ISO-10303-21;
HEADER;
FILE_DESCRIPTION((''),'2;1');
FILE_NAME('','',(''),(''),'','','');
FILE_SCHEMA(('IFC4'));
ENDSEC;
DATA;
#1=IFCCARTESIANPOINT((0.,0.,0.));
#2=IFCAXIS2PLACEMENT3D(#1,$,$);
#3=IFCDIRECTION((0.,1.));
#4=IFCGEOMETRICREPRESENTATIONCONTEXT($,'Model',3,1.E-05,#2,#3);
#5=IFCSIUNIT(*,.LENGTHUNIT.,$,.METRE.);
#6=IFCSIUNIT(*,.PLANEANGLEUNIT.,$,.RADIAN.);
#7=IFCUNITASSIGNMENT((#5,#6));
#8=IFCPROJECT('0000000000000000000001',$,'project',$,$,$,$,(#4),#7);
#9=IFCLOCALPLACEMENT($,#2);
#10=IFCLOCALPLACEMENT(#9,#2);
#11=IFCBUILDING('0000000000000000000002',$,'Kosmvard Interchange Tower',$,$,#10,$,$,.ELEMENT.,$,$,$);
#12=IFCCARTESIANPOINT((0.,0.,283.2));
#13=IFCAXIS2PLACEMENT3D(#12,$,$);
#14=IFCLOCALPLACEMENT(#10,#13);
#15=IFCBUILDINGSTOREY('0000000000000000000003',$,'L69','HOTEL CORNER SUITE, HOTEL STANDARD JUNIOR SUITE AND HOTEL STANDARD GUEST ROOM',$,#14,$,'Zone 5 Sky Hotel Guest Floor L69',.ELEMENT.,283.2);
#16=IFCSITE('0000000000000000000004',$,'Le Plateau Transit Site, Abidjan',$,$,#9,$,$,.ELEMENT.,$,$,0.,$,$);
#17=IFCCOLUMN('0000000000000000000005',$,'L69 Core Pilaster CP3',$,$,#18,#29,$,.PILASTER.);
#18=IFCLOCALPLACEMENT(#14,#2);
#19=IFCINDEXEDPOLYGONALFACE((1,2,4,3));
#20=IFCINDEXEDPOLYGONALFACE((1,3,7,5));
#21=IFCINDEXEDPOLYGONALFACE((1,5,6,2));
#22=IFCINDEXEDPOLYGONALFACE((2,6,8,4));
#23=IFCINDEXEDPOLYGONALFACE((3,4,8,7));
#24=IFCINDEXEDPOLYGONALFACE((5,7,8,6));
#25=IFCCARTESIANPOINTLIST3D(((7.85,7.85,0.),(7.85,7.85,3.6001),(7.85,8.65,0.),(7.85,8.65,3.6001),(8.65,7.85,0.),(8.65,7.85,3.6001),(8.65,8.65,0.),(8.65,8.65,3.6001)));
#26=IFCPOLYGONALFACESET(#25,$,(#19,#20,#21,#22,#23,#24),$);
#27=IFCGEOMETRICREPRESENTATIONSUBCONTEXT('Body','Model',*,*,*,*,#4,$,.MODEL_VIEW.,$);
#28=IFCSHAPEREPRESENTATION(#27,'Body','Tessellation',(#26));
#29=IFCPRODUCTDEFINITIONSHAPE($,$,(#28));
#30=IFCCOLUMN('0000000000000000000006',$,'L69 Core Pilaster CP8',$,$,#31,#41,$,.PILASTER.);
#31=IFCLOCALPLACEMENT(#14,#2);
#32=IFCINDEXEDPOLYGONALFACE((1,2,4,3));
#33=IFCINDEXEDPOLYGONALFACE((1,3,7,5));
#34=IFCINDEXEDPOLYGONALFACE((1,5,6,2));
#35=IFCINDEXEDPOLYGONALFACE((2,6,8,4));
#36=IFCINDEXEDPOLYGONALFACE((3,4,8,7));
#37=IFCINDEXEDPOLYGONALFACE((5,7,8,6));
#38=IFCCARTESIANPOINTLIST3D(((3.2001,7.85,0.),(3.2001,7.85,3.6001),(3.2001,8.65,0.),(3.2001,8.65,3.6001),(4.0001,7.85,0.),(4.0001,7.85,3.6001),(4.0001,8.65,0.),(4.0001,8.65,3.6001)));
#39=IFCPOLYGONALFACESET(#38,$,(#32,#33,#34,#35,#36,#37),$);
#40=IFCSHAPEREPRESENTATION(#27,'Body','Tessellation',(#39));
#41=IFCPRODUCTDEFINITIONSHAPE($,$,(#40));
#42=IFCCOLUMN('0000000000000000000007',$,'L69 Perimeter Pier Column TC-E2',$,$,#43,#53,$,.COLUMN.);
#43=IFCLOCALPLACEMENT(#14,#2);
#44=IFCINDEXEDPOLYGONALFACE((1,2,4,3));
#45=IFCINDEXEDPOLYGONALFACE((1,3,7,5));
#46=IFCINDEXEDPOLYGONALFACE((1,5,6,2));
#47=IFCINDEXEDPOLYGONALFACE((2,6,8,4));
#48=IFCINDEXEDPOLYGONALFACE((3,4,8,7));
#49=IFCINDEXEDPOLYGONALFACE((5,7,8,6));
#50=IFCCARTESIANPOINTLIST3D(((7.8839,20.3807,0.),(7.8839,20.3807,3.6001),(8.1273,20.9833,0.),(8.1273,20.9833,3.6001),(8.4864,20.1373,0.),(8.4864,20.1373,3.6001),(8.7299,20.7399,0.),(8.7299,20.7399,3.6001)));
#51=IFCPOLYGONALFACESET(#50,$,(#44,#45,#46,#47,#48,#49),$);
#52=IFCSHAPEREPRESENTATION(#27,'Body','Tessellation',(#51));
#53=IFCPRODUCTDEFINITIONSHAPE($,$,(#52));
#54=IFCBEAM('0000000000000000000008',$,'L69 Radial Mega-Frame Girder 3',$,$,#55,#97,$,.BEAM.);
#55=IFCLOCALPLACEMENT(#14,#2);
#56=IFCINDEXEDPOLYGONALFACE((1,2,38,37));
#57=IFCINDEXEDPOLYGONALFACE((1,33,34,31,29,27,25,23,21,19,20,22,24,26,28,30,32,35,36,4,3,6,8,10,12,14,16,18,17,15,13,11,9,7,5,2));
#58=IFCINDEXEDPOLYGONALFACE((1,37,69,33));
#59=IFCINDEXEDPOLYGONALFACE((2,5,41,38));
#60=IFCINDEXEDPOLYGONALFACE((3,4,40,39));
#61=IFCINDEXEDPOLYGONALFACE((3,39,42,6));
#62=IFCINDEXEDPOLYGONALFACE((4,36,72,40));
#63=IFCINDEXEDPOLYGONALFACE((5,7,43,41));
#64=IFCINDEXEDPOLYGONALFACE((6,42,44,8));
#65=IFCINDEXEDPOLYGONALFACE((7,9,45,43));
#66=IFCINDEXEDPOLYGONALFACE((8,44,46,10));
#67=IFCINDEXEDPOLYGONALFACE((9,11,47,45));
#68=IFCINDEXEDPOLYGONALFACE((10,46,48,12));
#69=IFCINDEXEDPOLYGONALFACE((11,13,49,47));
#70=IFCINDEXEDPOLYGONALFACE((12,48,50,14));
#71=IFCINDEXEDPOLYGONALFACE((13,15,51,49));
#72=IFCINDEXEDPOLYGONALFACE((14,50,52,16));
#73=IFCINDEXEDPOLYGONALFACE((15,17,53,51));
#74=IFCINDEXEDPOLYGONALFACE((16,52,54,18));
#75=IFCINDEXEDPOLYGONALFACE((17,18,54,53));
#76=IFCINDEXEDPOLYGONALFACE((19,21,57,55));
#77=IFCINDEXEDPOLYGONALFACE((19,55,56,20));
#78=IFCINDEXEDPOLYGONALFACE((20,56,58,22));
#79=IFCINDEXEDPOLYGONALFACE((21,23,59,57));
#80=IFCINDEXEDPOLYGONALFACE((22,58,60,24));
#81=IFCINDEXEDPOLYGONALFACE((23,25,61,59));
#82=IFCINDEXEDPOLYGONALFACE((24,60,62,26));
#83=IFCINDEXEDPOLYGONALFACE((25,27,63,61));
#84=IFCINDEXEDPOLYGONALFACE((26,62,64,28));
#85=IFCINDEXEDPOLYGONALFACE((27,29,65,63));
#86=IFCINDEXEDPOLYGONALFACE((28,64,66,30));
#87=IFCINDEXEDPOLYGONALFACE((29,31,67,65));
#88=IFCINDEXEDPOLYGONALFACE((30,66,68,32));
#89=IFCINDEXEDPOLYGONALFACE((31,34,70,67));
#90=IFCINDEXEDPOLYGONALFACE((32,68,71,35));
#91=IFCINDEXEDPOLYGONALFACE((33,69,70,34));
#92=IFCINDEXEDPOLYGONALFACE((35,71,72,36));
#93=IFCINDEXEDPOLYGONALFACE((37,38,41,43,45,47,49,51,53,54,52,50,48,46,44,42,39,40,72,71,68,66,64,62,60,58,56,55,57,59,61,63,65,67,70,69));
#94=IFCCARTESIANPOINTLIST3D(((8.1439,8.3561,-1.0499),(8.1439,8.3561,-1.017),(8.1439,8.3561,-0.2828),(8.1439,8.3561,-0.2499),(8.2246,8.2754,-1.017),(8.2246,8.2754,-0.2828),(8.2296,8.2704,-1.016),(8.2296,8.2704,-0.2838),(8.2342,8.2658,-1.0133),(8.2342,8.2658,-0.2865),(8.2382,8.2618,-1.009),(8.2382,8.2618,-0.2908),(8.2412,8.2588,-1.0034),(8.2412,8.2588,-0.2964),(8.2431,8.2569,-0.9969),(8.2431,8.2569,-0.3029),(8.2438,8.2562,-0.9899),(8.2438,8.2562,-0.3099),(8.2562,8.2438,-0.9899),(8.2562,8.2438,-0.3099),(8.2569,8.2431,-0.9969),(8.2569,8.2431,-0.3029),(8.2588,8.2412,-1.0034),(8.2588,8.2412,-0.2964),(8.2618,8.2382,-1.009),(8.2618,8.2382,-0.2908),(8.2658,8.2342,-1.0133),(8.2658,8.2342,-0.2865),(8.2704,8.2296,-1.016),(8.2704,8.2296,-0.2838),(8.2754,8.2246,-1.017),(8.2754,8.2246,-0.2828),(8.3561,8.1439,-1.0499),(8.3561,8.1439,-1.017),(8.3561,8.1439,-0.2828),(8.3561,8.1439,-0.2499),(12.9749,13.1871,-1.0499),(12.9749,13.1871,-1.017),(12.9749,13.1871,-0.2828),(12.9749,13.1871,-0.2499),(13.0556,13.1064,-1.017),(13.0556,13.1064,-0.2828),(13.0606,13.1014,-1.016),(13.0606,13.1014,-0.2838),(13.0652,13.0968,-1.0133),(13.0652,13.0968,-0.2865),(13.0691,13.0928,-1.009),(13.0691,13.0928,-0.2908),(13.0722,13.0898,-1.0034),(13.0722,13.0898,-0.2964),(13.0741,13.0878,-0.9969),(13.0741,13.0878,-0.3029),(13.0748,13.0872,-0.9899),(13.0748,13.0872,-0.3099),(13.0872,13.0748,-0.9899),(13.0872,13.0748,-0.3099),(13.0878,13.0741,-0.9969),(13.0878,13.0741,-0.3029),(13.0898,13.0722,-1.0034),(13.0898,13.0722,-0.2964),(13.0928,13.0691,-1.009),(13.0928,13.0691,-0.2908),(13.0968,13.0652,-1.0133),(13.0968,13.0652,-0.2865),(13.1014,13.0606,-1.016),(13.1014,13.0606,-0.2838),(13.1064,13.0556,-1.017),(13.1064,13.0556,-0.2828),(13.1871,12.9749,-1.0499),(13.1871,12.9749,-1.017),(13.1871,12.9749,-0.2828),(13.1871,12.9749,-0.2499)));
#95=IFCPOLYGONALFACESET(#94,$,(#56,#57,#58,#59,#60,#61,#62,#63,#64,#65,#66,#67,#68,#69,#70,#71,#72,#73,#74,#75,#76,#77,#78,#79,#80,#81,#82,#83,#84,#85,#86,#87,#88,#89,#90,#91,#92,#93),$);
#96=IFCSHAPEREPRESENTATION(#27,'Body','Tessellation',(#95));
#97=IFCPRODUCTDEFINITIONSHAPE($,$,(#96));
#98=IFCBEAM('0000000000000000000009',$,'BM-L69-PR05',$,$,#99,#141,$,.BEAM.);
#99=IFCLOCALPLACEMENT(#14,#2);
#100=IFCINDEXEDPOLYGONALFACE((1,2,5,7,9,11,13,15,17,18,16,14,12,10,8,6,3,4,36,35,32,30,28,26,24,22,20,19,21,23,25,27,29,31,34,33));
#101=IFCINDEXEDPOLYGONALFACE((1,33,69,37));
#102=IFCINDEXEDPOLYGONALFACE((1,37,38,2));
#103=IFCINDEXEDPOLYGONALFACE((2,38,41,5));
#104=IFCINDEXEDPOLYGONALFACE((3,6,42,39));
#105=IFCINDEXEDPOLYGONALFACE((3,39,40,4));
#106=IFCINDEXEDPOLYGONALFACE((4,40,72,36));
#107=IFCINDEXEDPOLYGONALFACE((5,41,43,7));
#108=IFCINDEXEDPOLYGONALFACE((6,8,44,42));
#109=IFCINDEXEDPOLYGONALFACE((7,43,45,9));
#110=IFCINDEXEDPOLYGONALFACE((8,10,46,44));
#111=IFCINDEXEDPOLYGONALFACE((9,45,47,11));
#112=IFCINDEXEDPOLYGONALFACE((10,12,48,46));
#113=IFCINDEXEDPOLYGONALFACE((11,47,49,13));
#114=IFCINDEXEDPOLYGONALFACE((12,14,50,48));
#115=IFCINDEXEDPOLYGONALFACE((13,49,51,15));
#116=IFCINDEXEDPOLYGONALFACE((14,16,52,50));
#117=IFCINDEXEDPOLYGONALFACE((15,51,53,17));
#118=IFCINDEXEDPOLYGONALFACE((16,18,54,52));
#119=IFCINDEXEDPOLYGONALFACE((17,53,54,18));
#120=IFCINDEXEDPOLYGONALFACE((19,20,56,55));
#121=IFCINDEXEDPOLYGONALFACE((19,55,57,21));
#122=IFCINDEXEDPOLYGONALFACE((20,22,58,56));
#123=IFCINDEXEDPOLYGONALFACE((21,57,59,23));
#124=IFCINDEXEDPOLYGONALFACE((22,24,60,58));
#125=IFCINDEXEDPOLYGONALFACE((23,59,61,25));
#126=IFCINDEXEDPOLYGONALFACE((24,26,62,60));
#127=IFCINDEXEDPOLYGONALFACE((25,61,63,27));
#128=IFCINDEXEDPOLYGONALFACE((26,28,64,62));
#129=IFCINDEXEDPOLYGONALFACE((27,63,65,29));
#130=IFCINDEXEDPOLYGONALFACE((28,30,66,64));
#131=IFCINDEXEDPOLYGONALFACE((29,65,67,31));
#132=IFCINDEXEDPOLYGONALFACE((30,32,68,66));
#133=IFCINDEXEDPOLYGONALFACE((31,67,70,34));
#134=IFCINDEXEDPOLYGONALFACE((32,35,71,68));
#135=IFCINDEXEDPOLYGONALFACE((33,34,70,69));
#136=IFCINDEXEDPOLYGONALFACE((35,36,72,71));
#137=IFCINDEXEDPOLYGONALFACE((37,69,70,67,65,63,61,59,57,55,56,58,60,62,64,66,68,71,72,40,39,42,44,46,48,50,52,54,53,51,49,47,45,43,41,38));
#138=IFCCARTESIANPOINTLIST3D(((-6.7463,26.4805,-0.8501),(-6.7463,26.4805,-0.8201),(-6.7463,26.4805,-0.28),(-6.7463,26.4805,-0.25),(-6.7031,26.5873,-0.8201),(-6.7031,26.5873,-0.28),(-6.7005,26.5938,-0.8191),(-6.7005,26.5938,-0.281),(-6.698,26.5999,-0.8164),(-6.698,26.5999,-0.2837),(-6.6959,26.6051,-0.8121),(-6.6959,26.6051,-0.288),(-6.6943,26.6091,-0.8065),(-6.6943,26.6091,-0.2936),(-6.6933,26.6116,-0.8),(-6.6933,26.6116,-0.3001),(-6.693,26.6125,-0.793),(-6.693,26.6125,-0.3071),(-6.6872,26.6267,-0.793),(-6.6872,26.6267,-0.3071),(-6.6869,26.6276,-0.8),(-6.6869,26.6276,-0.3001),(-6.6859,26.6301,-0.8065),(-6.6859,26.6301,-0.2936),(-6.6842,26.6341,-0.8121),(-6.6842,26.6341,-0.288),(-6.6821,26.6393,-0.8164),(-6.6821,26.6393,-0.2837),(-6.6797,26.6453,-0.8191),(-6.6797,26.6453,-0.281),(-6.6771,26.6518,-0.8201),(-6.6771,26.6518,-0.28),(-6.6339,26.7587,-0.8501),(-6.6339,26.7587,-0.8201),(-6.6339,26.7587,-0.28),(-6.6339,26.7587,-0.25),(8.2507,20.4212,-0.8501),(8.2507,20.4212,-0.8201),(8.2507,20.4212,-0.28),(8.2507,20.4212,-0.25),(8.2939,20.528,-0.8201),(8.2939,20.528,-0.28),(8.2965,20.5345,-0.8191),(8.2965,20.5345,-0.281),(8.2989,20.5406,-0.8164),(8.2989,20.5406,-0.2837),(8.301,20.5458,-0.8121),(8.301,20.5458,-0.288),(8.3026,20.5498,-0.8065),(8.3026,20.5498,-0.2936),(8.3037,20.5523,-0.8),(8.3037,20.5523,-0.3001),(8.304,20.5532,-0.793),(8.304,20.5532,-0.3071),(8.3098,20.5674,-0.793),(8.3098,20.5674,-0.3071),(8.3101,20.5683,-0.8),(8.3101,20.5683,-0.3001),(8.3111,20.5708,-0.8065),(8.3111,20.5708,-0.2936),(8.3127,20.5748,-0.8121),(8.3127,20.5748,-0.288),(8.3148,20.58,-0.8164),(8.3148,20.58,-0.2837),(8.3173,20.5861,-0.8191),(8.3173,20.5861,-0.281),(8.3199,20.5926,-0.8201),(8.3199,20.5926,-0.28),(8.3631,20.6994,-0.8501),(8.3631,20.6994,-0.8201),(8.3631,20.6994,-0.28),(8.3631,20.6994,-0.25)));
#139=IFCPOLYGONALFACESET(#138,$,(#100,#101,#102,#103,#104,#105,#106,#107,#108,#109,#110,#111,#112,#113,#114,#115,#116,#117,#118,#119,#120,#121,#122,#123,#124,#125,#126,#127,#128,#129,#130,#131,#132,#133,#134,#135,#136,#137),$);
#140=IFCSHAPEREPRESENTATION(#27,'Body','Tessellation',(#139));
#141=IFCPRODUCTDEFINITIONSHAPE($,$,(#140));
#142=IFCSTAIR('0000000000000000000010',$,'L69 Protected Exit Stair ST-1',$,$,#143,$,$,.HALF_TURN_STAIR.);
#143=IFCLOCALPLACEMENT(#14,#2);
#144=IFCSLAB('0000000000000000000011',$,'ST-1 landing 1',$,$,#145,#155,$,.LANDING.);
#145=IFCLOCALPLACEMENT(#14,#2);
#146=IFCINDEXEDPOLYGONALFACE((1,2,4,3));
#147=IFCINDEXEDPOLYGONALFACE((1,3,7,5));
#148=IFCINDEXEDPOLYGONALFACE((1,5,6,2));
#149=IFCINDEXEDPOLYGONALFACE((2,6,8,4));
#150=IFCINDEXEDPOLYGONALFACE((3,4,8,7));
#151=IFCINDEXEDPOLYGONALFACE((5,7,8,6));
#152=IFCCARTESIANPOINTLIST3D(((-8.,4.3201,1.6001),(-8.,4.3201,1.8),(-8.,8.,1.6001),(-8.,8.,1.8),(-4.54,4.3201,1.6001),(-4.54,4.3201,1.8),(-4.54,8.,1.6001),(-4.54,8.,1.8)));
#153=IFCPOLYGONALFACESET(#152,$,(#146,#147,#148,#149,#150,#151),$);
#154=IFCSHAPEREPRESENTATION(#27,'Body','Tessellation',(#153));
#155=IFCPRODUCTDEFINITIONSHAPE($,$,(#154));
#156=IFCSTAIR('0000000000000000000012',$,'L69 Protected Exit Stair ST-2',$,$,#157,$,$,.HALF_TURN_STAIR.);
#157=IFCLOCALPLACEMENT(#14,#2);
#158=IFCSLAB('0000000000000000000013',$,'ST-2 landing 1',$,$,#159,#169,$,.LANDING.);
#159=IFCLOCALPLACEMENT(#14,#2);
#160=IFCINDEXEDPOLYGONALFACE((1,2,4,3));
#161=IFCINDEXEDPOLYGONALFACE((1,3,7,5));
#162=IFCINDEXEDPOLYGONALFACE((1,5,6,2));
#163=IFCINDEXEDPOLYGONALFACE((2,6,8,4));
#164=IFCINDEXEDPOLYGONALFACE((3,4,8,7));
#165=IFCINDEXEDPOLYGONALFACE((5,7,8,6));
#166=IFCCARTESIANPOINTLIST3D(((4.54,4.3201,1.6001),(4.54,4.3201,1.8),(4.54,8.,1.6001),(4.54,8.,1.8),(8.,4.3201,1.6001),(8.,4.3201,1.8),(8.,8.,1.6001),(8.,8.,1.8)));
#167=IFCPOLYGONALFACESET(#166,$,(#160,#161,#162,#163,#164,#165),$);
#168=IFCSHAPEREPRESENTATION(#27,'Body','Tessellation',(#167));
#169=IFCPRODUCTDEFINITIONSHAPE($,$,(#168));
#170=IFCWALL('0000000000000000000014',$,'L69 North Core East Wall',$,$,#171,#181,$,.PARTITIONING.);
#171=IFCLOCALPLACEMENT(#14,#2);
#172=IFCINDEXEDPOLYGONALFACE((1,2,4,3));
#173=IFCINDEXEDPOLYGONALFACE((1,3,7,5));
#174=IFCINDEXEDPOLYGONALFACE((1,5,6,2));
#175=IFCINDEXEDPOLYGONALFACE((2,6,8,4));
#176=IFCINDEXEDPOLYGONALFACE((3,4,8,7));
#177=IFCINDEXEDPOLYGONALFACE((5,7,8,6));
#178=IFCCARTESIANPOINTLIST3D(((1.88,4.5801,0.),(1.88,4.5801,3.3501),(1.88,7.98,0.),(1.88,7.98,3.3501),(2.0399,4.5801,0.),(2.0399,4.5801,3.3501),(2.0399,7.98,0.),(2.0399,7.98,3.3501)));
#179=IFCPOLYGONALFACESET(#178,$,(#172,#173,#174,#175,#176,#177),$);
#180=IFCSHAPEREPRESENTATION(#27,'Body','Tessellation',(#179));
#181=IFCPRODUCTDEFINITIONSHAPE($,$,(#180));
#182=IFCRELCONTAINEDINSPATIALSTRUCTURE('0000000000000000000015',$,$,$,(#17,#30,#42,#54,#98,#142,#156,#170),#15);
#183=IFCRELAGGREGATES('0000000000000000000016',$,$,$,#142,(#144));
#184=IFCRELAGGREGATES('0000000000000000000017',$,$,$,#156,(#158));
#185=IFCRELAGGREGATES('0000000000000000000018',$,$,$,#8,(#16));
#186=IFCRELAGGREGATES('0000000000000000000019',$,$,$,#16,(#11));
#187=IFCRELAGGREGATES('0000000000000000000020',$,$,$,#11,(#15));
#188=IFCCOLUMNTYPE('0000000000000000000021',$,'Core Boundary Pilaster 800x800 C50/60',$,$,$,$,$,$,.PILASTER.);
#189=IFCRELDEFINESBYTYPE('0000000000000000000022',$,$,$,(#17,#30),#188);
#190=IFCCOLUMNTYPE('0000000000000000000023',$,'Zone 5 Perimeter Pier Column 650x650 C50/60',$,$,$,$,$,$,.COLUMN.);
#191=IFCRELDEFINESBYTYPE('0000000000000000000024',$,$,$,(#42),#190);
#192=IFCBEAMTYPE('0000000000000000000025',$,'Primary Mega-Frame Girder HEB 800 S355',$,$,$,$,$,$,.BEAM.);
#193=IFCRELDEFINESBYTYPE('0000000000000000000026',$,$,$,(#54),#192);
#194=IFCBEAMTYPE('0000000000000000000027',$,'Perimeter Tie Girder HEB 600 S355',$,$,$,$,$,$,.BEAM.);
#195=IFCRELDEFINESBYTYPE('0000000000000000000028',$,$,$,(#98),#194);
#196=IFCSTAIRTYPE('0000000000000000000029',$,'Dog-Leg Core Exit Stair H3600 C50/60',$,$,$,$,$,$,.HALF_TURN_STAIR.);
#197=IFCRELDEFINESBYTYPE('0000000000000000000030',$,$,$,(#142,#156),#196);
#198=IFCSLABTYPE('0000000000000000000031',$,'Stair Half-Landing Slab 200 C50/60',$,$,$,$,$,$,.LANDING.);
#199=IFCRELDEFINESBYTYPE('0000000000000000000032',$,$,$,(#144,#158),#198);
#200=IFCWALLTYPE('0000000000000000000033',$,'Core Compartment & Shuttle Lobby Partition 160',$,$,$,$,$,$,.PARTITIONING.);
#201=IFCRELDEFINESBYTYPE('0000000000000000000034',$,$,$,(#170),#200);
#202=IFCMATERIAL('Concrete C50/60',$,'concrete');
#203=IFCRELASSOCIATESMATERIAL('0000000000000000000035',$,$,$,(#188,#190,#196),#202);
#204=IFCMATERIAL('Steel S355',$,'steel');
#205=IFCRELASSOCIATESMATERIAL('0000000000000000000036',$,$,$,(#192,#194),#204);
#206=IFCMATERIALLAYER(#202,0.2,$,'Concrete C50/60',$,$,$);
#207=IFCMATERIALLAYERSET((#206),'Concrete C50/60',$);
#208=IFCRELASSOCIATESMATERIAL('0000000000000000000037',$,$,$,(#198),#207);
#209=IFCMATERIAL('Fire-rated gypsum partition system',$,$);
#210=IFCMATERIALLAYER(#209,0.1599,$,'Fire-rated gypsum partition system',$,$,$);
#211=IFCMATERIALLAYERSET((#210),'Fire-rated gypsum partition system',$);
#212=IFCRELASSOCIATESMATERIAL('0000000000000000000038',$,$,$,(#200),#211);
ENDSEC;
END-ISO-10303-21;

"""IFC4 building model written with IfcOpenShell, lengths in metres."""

from ifc_helpers import new_model, si_unit, direction, frame, frame_2d, origin, origin_2d, place, context, subcontext, project, spatial, polyline, rectangle, i_section, outline, extrude, source, transform, mapped, material, layer, layer_set, material_profile, profile_set, type_object, element, aggregate, save


model = new_model("IFC4")

# Units and contexts
model_context = context("Model", 3, precision=1e-05, world=origin(), true_north=direction((0.0, 1.0)))
body_context = subcontext(model_context, "Body", "Model", "MODEL_VIEW")
ifc_project = project(units=[si_unit("LENGTHUNIT", "METRE"), si_unit("PLANEANGLEUNIT", "RADIAN")], contexts=[model_context])

# Site, building, storey
site_placement = place(None, origin())
site = spatial("IfcSite", under=ifc_project, at=site_placement, Name="Le Plateau Transit Site, Abidjan", CompositionType="ELEMENT", RefElevation=0.0)
building_placement = place(site_placement, origin())
building = spatial("IfcBuilding", under=site, at=building_placement, Name="Kosmvard Interchange Tower", CompositionType="ELEMENT")
storey_placement = place(building_placement, frame((0.0, 0.0, 283.2)))
storey = spatial("IfcBuildingStorey", under=building, at=storey_placement, Name="L69", Description="HOTEL CORNER SUITE, HOTEL STANDARD JUNIOR SUITE AND HOTEL STANDARD GUEST ROOM", LongName="Zone 5 Sky Hotel Guest Floor L69", CompositionType="ELEMENT", Elevation=283.2)

# Columns
ifc_material_1 = material(Name="Concrete C50/60", Category="concrete")
ifc_material_profile_1 = material_profile(ifc_material_1, rectangle(XDim=0.8, YDim=0.8, at=origin_2d()), Name="CP 800x800")
ifc_profile_set_1 = profile_set([ifc_material_profile_1], Name="Concrete C50/60")
column_type_1 = type_object("IfcColumnType", Name="Core Boundary Pilaster 800x800 C50/60", PredefinedType="PILASTER", material=ifc_profile_set_1)
shared_shape_1 = source(origin(), body_context, "Body", "SweptSolid", [
    extrude(rectangle(XDim=0.8, YDim=0.8, at=origin_2d()), origin(), (0.0, 0.0, 1.0), 3.6001),
])
for number, where, z_axis, x_axis, name in (
    (1, (8.25, 8.25, 0.0), (0.0, 0.0, 1.0), (1.0, 0.0, 0.0), "L69 Core Pilaster CP3"),
    (2, (3.6001, 8.25, 0.0), (0.0, 0.0, 1.0), (1.0, 0.0, 0.0), "L69 Core Pilaster CP8"),
):
    element("IfcColumn", number, at=place(storey_placement, frame(where, z_axis=z_axis, x_axis=x_axis)), inside=storey, type_object=column_type_1, Name=name, PredefinedType="PILASTER", context=body_context, shape_type="MappedRepresentation", body=[
        mapped(shared_shape_1, transform((0.0, 0.0, 0.0), scale=1.0)),
    ])
ifc_material_profile_2 = material_profile(ifc_material_1, rectangle(XDim=0.6499, YDim=0.6499, at=origin_2d()), Name="TC 650x650")
ifc_profile_set_2 = profile_set([ifc_material_profile_2], Name="Concrete C50/60")
column_type_2 = type_object("IfcColumnType", Name="Zone 5 Perimeter Pier Column 650x650 C50/60", PredefinedType="COLUMN", material=ifc_profile_set_2)
shared_shape_2 = source(origin(), body_context, "Body", "SweptSolid", [
    extrude(rectangle(XDim=0.6499, YDim=0.6499, at=origin_2d()), origin(), (0.0, 0.0, 1.0), 3.6001),
])
column_placement = place(storey_placement, frame((8.3069, 20.5603, 0.0), z_axis=(0.0, 0.0, 1.0), x_axis=(0.374607, 0.927184, 0.0)))
element("IfcColumn", 3, at=column_placement, inside=storey, type_object=column_type_2, Name="L69 Perimeter Pier Column TC-E2", PredefinedType="COLUMN", context=body_context, shape_type="MappedRepresentation", body=[
    mapped(shared_shape_2, transform((0.0, 0.0, 0.0), scale=1.0)),
])

# Beams
ifc_material_2 = material(Name="Steel S355", Category="steel")
ifc_material_profile_3 = material_profile(ifc_material_2, i_section(OverallWidth=0.3, OverallDepth=0.8, WebThickness=0.0176, FlangeThickness=0.033, FilletRadius=0.0271, at=origin_2d()), Name="HEB 800")
ifc_profile_set_3 = profile_set([ifc_material_profile_3], Name="Steel S355")
beam_type_1 = type_object("IfcBeamType", Name="Primary Mega-Frame Girder HEB 800 S355", PredefinedType="BEAM", material=ifc_profile_set_3)
shared_shape_3 = source(origin(), body_context, "Body", "SweptSolid", [
    extrude(i_section(OverallWidth=0.3, OverallDepth=0.8, WebThickness=0.0176, FlangeThickness=0.033, FilletRadius=0.0271, at=origin_2d()), origin(), (0.0, 0.0, 1.0), 6.832),
])
beam_1_placement = place(storey_placement, frame((8.25, 8.25, -0.6499), z_axis=(0.707107, 0.707107, 0.0), x_axis=(-0.707107, 0.707107, 0.0)))
element("IfcBeam", 4, at=beam_1_placement, inside=storey, type_object=beam_type_1, Name="L69 Radial Mega-Frame Girder 3", PredefinedType="BEAM", context=body_context, shape_type="MappedRepresentation", body=[
    mapped(shared_shape_3, transform((0.0, 0.0, 0.0), scale=1.0)),
])
ifc_material_profile_4 = material_profile(ifc_material_2, i_section(OverallWidth=0.3, OverallDepth=0.6001, WebThickness=0.0154, FlangeThickness=0.03, FilletRadius=0.0271, at=origin_2d()), Name="HEB 600")
ifc_profile_set_4 = profile_set([ifc_material_profile_4], Name="Steel S355")
beam_type_2 = type_object("IfcBeamType", Name="Perimeter Tie Girder HEB 600 S355", PredefinedType="BEAM", material=ifc_profile_set_4)
shared_shape_4 = source(origin(), body_context, "Body", "SweptSolid", [
    extrude(i_section(OverallWidth=0.3, OverallDepth=0.6001, WebThickness=0.0154, FlangeThickness=0.03, FilletRadius=0.0271, at=origin_2d()), origin(), (0.0, 0.0, 1.0), 16.1748),
])
beam_2_placement = place(storey_placement, frame((8.3069, 20.5603, -0.55), z_axis=(-0.927181, 0.374613, 0.0), x_axis=(-0.374613, -0.927181, 0.0)))
element("IfcBeam", 5, at=beam_2_placement, inside=storey, type_object=beam_type_2, Name="BM-L69-PR05", PredefinedType="BEAM", context=body_context, shape_type="MappedRepresentation", body=[
    mapped(shared_shape_4, transform((0.0, 0.0, 0.0), scale=1.0)),
])

# Stairs, slabs
stair_type = type_object("IfcStairType", Name="Dog-Leg Core Exit Stair H3600 C50/60", PredefinedType="HALF_TURN_STAIR", material=ifc_material_1)
stair_1_placement = place(storey_placement, origin())
stair_1 = element("IfcStair", 6, at=stair_1_placement, inside=storey, type_object=stair_type, Name="L69 Protected Exit Stair ST-1", PredefinedType="HALF_TURN_STAIR")
ifc_layer_1 = layer(ifc_material_1, 0.2, Name="Concrete C50/60")
ifc_layer_set_1 = layer_set([ifc_layer_1], Name="Concrete C50/60")
slab_type = type_object("IfcSlabType", Name="Stair Half-Landing Slab 200 C50/60", PredefinedType="LANDING", material=ifc_layer_set_1)
slab_1_placement = place(storey_placement, frame((0.0, 0.0, 1.6001)))
slab_1 = element("IfcSlab", 7, at=slab_1_placement, type_object=slab_type, Name="ST-1 landing 1", PredefinedType="LANDING", context=body_context, shape_type="SweptSolid", body=[
    extrude(outline(polyline([(-4.54, 4.3201), (-4.54, 8.0), (-8.0, 8.0), (-8.0, 4.3201), (-4.54, 4.3201)])), origin(), (0.0, 0.0, 1.0), 0.2),
])
aggregate(stair_1, [slab_1])
stair_2_placement = place(storey_placement, origin())
stair_2 = element("IfcStair", 8, at=stair_2_placement, inside=storey, type_object=stair_type, Name="L69 Protected Exit Stair ST-2", PredefinedType="HALF_TURN_STAIR")
slab_2_placement = place(storey_placement, frame((0.0, 0.0, 1.6001)))
slab_2 = element("IfcSlab", 9, at=slab_2_placement, type_object=slab_type, Name="ST-2 landing 1", PredefinedType="LANDING", context=body_context, shape_type="SweptSolid", body=[
    extrude(outline(polyline([(8.0, 4.3201), (8.0, 8.0), (4.54, 8.0), (4.54, 4.3201), (8.0, 4.3201)])), origin(), (0.0, 0.0, 1.0), 0.2),
])

# Wall
ifc_material_3 = material(Name="Fire-rated gypsum partition system")
ifc_layer_2 = layer(ifc_material_3, 0.1599, Name="Fire-rated gypsum partition system")
ifc_layer_set_2 = layer_set([ifc_layer_2], Name="Fire-rated gypsum partition system")
wall_type_1 = type_object("IfcWallType", Name="Core Compartment & Shuttle Lobby Partition 160", PredefinedType="PARTITIONING", material=ifc_layer_set_2)
wall_1_placement = place(storey_placement, frame((1.96, 4.5801, 0.0), z_axis=(0.0, 0.0, 1.0), x_axis=(0.0, 1.0, 0.0)))
element("IfcWall", 10, at=wall_1_placement, inside=storey, type_object=wall_type_1, Name="L69 North Core East Wall", PredefinedType="PARTITIONING", context=body_context, shape_type="SweptSolid", body=[
    extrude(rectangle(XDim=3.3999, YDim=0.1599, at=frame_2d((1.7, 0.0))), origin(), (0.0, 0.0, 1.0), 3.3501),
])

aggregate(stair_2, [slab_2])

save(model, "model.ifc")
